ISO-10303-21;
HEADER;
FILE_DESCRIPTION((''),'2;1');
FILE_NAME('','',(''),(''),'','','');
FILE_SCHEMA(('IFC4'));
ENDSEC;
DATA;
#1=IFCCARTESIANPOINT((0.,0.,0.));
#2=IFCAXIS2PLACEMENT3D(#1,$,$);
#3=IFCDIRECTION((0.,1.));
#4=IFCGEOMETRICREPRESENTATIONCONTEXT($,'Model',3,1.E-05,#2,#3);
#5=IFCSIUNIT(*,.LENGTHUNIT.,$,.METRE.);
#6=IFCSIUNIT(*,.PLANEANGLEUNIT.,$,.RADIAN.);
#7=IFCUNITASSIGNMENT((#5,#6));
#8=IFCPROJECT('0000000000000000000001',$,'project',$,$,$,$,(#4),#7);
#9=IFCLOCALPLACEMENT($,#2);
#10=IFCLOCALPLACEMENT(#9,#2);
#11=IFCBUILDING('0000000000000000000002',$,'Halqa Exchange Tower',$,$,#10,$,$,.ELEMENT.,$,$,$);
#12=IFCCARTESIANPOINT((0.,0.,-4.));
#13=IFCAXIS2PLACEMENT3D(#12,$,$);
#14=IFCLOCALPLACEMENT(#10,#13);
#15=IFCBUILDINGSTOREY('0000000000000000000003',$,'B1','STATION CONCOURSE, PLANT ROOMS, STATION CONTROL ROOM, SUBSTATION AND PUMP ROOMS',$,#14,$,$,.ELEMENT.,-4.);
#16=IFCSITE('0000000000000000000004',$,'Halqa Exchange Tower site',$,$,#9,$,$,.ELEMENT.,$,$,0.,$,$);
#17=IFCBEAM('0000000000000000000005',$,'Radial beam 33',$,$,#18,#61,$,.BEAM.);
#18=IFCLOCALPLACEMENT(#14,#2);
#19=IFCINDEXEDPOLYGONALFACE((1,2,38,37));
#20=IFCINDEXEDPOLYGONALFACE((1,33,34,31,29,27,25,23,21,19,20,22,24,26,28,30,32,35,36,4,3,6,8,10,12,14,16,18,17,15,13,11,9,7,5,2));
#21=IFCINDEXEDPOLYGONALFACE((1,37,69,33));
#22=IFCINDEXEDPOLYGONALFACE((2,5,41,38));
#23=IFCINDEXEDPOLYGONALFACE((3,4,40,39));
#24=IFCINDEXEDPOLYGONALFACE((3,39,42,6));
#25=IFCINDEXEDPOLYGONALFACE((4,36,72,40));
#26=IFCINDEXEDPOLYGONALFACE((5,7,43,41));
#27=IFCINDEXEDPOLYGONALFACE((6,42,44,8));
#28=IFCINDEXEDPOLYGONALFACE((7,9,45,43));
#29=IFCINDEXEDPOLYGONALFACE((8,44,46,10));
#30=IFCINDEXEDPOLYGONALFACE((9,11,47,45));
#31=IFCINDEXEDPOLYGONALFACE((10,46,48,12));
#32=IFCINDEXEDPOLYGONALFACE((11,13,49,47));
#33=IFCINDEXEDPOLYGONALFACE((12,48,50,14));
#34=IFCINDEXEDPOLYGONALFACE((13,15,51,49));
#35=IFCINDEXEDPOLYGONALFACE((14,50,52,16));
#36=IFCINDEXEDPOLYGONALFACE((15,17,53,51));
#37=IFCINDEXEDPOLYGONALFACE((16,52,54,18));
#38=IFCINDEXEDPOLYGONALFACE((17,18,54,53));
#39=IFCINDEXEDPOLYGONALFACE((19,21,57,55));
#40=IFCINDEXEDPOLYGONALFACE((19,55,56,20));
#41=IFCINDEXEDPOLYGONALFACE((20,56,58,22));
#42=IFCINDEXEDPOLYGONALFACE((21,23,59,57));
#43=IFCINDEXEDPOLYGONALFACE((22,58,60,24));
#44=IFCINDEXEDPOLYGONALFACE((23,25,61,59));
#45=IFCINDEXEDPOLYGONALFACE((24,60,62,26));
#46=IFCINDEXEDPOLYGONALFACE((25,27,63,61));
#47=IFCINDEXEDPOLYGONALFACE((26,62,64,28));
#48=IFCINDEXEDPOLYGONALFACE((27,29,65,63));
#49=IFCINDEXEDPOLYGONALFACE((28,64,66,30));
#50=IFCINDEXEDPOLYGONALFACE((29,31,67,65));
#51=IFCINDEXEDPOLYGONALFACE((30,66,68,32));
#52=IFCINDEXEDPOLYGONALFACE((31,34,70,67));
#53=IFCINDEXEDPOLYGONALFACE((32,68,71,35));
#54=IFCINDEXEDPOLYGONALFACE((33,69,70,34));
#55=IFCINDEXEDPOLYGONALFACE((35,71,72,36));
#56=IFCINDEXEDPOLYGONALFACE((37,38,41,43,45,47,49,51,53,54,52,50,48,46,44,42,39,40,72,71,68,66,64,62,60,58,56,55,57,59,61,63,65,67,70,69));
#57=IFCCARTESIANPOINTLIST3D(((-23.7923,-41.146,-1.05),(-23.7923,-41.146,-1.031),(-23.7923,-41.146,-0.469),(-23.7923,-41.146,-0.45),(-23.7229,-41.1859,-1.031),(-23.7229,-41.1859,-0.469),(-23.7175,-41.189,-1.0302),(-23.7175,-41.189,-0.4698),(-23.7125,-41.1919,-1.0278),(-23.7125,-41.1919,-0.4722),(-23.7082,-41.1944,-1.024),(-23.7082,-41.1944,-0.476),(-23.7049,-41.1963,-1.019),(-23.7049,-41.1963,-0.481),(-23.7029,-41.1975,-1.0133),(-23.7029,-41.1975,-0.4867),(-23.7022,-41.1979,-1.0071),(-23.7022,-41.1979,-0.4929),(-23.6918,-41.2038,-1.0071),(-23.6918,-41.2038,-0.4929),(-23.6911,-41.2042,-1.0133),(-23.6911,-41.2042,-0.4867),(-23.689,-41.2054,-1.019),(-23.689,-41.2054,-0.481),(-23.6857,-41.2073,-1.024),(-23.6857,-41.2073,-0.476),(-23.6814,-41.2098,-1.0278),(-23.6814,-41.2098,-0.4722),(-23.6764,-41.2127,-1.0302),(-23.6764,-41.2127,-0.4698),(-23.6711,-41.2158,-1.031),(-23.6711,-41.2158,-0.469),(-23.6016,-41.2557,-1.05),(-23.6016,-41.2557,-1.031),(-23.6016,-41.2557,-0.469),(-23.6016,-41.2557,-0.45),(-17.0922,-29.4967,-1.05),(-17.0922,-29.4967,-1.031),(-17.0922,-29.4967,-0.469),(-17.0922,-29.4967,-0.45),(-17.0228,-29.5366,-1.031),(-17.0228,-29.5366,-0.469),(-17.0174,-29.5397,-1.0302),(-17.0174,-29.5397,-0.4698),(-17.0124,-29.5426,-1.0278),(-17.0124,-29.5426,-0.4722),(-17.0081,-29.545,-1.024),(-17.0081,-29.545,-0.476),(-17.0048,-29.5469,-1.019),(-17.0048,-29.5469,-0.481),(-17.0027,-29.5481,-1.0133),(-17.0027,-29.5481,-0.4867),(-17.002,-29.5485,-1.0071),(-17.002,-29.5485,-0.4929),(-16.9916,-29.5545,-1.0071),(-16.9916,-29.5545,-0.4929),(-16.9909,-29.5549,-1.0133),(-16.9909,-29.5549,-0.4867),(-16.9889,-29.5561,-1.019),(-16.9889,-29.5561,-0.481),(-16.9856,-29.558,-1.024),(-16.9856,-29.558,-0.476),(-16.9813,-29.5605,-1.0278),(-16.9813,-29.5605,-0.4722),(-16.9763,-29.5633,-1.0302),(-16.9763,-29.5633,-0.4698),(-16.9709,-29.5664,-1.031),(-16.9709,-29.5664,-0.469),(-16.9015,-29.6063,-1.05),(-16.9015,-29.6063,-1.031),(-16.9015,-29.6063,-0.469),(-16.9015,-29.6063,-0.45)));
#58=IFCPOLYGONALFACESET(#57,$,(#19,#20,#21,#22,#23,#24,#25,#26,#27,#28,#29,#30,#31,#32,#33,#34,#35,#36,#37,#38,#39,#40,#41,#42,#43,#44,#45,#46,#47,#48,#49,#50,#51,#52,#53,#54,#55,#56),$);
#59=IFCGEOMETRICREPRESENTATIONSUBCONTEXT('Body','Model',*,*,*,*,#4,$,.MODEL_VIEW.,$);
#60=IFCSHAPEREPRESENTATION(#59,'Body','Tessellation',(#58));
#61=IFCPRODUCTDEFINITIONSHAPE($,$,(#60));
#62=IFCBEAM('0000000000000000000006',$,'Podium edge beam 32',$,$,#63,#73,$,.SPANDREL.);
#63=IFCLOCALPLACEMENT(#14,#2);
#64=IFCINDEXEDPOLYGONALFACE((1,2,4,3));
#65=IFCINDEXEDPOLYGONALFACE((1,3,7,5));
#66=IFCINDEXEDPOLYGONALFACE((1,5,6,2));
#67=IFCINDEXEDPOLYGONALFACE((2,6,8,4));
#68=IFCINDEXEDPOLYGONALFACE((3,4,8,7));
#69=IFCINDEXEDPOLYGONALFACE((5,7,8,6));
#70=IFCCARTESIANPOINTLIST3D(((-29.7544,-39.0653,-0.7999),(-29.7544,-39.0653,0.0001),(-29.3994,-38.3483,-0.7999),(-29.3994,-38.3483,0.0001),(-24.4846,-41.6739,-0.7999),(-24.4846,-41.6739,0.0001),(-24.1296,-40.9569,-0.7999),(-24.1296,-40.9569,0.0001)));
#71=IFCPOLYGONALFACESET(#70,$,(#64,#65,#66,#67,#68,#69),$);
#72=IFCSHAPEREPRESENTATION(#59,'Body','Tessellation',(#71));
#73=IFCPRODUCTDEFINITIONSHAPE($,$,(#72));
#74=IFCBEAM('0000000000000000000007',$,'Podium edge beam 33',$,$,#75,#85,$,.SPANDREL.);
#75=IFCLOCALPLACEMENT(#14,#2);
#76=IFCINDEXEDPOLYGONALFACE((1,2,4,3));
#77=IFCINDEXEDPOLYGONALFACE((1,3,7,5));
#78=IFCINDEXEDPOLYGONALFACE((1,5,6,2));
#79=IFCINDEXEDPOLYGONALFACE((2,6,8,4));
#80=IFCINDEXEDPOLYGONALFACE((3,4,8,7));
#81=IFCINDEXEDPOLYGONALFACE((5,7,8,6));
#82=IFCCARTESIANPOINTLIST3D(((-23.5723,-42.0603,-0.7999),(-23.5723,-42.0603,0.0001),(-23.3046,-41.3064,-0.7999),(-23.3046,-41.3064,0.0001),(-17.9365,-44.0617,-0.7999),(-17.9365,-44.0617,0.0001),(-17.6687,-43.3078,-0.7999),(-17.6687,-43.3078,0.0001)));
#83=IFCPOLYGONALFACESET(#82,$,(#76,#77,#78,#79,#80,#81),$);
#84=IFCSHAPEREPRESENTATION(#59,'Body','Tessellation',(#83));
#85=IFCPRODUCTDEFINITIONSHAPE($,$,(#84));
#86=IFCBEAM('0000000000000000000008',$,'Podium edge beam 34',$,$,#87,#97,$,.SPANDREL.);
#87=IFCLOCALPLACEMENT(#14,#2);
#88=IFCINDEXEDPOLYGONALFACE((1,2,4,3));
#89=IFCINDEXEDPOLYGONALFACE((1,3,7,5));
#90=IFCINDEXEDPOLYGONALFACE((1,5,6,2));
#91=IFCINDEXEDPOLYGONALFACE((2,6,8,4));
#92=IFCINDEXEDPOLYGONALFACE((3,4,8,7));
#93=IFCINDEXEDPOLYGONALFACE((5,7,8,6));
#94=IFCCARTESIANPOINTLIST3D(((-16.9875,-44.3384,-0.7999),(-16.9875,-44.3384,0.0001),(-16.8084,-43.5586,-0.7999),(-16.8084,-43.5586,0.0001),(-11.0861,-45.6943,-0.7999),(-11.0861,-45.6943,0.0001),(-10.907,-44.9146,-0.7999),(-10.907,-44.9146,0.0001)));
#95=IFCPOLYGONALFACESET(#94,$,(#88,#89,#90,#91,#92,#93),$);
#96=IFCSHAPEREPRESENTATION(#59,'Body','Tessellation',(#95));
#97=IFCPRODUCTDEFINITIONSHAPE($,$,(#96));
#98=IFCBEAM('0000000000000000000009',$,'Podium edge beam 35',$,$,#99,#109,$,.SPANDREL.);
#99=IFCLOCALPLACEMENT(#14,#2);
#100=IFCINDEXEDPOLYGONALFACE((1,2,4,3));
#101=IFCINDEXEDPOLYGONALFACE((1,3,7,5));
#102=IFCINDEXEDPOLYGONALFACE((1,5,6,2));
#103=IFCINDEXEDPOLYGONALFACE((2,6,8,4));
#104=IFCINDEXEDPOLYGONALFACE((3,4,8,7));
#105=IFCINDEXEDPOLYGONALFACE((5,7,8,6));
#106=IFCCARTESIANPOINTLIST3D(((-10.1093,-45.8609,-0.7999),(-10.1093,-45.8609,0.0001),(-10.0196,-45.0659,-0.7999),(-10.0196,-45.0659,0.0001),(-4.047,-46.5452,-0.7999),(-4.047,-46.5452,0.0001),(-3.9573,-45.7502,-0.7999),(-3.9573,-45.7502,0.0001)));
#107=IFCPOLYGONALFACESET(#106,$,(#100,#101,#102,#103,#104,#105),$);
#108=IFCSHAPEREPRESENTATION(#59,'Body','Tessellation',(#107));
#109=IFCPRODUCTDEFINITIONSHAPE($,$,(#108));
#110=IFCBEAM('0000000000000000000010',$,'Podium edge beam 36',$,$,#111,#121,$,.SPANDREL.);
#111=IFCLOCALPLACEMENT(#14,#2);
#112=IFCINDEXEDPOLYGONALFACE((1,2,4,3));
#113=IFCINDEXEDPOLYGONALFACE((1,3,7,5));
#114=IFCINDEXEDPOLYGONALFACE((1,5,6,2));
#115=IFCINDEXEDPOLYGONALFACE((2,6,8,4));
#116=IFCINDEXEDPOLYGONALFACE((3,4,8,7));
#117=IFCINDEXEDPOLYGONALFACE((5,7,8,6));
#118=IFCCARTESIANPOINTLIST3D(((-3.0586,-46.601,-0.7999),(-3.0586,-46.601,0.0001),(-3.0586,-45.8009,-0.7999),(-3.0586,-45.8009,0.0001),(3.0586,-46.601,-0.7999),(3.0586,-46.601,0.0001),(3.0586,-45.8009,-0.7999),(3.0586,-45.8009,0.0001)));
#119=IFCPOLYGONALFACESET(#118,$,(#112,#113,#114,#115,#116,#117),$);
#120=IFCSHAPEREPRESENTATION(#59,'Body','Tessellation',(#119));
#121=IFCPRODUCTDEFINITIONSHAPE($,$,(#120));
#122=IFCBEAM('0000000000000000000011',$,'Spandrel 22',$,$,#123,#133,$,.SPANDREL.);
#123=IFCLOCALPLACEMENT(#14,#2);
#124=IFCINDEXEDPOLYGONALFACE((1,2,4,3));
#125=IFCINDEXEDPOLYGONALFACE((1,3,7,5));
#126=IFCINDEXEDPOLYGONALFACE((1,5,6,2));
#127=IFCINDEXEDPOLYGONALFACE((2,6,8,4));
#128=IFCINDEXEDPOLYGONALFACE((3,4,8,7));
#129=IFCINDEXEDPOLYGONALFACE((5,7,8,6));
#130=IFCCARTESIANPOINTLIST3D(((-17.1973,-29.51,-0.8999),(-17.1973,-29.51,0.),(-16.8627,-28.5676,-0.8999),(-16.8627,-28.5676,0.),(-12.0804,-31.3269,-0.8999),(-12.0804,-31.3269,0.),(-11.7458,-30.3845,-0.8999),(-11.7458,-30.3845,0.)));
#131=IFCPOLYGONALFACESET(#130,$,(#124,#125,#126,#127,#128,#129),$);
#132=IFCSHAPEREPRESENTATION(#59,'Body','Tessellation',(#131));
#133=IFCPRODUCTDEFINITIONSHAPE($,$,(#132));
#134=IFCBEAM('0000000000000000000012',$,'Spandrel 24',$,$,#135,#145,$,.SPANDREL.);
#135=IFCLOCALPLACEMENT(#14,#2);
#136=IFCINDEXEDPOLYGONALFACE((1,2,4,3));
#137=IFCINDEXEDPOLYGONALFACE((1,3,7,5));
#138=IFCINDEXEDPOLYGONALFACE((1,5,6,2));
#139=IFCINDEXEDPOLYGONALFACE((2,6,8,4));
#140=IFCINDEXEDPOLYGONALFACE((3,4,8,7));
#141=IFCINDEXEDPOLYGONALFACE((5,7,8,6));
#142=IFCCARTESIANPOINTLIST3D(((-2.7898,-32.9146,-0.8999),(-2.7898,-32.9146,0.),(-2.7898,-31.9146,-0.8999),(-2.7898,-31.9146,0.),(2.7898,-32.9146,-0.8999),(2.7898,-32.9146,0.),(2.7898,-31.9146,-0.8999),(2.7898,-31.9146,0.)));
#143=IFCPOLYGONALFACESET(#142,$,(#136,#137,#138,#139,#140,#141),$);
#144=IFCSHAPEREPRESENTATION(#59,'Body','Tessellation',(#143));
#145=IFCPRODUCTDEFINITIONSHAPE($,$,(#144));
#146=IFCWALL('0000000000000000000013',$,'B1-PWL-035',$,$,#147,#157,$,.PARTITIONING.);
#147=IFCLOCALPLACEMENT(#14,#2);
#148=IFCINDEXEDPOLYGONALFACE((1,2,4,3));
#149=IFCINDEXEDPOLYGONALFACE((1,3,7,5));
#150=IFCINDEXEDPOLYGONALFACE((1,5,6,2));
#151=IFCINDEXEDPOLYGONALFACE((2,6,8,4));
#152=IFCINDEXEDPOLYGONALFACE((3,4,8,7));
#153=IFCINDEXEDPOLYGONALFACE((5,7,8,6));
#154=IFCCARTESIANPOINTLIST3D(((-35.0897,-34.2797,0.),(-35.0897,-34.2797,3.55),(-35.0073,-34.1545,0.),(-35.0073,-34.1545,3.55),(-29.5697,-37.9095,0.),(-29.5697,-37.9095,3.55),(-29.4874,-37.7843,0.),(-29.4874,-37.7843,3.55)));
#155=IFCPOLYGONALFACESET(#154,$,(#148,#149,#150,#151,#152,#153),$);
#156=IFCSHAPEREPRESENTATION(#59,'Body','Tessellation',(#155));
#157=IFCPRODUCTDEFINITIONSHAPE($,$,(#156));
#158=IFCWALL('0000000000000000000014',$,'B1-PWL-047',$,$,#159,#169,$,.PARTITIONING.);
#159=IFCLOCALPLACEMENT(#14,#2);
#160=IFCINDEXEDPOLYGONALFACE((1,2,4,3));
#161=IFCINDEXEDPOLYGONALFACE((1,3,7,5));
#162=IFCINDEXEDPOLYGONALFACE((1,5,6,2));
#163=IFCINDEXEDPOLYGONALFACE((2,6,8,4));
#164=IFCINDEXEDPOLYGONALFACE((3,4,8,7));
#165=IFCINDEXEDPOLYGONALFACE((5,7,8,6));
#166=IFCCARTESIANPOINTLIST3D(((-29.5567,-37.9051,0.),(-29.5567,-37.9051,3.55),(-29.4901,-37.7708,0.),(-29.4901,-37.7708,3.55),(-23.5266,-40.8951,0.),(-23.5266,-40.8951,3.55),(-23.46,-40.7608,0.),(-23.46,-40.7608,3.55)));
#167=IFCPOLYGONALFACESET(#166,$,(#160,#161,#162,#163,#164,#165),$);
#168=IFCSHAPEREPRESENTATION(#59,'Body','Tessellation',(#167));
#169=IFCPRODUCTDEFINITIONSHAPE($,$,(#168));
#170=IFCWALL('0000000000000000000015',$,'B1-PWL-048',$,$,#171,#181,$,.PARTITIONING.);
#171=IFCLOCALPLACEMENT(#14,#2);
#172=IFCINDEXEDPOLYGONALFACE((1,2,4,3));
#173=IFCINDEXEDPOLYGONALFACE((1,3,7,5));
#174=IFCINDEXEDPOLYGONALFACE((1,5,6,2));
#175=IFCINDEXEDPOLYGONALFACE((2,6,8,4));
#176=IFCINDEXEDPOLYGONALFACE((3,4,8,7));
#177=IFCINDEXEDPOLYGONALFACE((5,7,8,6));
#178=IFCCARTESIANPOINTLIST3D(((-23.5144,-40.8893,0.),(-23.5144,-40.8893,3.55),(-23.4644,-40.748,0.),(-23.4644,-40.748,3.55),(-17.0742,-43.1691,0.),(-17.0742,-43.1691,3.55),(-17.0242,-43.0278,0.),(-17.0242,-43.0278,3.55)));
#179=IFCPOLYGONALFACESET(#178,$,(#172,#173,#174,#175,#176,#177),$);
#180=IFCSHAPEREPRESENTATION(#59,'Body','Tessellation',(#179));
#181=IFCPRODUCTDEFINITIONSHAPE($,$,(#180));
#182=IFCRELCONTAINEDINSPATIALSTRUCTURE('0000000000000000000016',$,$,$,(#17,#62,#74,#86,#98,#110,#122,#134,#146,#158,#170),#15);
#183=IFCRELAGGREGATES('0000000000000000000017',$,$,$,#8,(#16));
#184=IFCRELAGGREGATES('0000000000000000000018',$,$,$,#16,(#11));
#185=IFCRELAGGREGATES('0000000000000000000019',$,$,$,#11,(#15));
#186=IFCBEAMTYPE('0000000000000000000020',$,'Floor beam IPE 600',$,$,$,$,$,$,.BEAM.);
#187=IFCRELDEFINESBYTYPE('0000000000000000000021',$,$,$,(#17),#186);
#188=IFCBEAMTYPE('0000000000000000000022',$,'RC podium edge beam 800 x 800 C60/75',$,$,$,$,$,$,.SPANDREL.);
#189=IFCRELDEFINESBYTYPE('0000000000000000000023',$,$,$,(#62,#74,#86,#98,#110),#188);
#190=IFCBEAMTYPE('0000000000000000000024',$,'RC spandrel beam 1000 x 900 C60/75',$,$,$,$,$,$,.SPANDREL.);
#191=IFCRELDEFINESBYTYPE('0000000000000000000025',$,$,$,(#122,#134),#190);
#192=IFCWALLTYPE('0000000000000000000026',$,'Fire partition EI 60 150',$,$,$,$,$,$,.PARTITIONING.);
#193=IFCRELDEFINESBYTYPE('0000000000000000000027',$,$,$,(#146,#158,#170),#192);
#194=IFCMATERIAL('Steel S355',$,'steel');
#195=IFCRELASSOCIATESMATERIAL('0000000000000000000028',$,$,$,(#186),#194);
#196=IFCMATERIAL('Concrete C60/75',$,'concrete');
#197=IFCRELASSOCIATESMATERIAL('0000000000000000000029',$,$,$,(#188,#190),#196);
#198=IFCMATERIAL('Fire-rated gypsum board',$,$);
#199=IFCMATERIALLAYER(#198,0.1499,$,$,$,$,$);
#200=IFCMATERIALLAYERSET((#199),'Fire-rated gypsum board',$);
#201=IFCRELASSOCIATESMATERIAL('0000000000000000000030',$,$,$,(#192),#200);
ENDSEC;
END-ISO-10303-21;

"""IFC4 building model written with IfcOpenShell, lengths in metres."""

from ifc_helpers import new_model, si_unit, direction, frame, frame_2d, origin, origin_2d, place, context, subcontext, project, spatial, rectangle, i_section, extrude, material, layer, layer_set, material_profile, profile_set, type_object, element, save


model = new_model("IFC4")

# Units and contexts
model_context = context("Model", 3, precision=1e-05, world=origin(), true_north=direction((0.0, 1.0)))
body_context = subcontext(model_context, "Body", "Model", "MODEL_VIEW")
ifc_project = project(units=[si_unit("LENGTHUNIT", "METRE"), si_unit("PLANEANGLEUNIT", "RADIAN")], contexts=[model_context])

# Site, building, storey
site_placement = place(None, origin())
site = spatial("IfcSite", under=ifc_project, at=site_placement, Name="Halqa Exchange Tower site", CompositionType="ELEMENT", RefElevation=0.0)
building_placement = place(site_placement, origin())
building = spatial("IfcBuilding", under=site, at=building_placement, Name="Halqa Exchange Tower", CompositionType="ELEMENT")
storey_placement = place(building_placement, frame((0.0, 0.0, -4.0)))
storey = spatial("IfcBuildingStorey", under=building, at=storey_placement, Name="B1", Description="STATION CONCOURSE, PLANT ROOMS, STATION CONTROL ROOM, SUBSTATION AND PUMP ROOMS", CompositionType="ELEMENT", Elevation=-4.0)

# Shared definitions
ifc_material_1 = material(Name="Concrete C60/75", Category="concrete")

# Beams
ifc_material_2 = material(Name="Steel S355", Category="steel")
ifc_material_profile_1 = material_profile(ifc_material_2, i_section(OverallWidth=0.22, OverallDepth=0.6001, WebThickness=0.012, FlangeThickness=0.019, FilletRadius=0.0239, at=origin_2d()), Name="IPE 600")
ifc_profile_set_1 = profile_set([ifc_material_profile_1], Name="Steel S355")
beam_type_1 = type_object("IfcBeamType", Name="Floor beam IPE 600", PredefinedType="BEAM", material=ifc_profile_set_1)
beam_1_placement = place(storey_placement, frame((-16.9968, -29.5515, -0.75), z_axis=(-0.498571, -0.866849, 0.0), x_axis=(0.866849, -0.498571, 0.0)))
element("IfcBeam", 1, at=beam_1_placement, inside=storey, type_object=beam_type_1, Name="Radial beam 33", PredefinedType="BEAM", context=body_context, shape_type="SweptSolid", body=[
    extrude(i_section(OverallWidth=0.22, OverallDepth=0.6001, WebThickness=0.012, FlangeThickness=0.019, FilletRadius=0.0239, at=origin_2d()), origin(), (0.0, 0.0, 1.0), 13.4387),
])
ifc_material_profile_2 = material_profile(ifc_material_1, rectangle(XDim=0.8, YDim=0.8, at=origin_2d()), Name="800 x 800")
ifc_profile_set_2 = profile_set([ifc_material_profile_2], Name="Concrete C60/75")
beam_type_2 = type_object("IfcBeamType", Name="RC podium edge beam 800 x 800 C60/75", PredefinedType="SPANDREL", material=ifc_profile_set_2)
beam_2_placement = place(storey_placement, frame((-29.5769, -38.7068, -0.3999), z_axis=(0.896205, -0.443639, 0.0), x_axis=(0.443639, 0.896205, 0.0)))
element("IfcBeam", 2, at=beam_2_placement, inside=storey, type_object=beam_type_2, Name="Podium edge beam 32", PredefinedType="SPANDREL", context=body_context, shape_type="SweptSolid", body=[
    extrude(rectangle(XDim=0.8, YDim=0.8, at=origin_2d()), origin(), (0.0, 0.0, 1.0), 5.8801),
])
beam_3_placement = place(storey_placement, frame((-23.4385, -41.6833, -0.3999), z_axis=(0.942343, -0.334647, 0.0), x_axis=(0.334647, 0.942343, 0.0)))
element("IfcBeam", 3, at=beam_3_placement, inside=storey, type_object=beam_type_2, Name="Podium edge beam 33", PredefinedType="SPANDREL", context=body_context, shape_type="SweptSolid", body=[
    extrude(rectangle(XDim=0.8, YDim=0.8, at=origin_2d()), origin(), (0.0, 0.0, 1.0), 5.9807),
])
beam_4_placement = place(storey_placement, frame((-16.8979, -43.9485, -0.3999), z_axis=(0.974604, -0.223935, 0.0), x_axis=(0.223935, 0.974604, 0.0)))
element("IfcBeam", 4, at=beam_4_placement, inside=storey, type_object=beam_type_2, Name="Podium edge beam 34", PredefinedType="SPANDREL", context=body_context, shape_type="SweptSolid", body=[
    extrude(rectangle(XDim=0.8, YDim=0.8, at=origin_2d()), origin(), (0.0, 0.0, 1.0), 6.0552),
])
beam_5_placement = place(storey_placement, frame((-10.0645, -45.4634, -0.3999), z_axis=(0.993689, -0.112171, 0.0), x_axis=(0.112171, 0.993689, 0.0)))
element("IfcBeam", 5, at=beam_5_placement, inside=storey, type_object=beam_type_2, Name="Podium edge beam 35", PredefinedType="SPANDREL", context=body_context, shape_type="SweptSolid", body=[
    extrude(rectangle(XDim=0.8, YDim=0.8, at=origin_2d()), origin(), (0.0, 0.0, 1.0), 6.1008),
])
beam_6_placement = place(storey_placement, frame((-3.0586, -46.2009, -0.3999), z_axis=(1.0, 0.0, 0.0), x_axis=(0.0, 1.0, 0.0)))
element("IfcBeam", 6, at=beam_6_placement, inside=storey, type_object=beam_type_2, Name="Podium edge beam 36", PredefinedType="SPANDREL", context=body_context, shape_type="SweptSolid", body=[
    extrude(rectangle(XDim=0.8, YDim=0.8, at=origin_2d()), origin(), (0.0, 0.0, 1.0), 6.1172),
])
ifc_material_profile_3 = material_profile(ifc_material_1, rectangle(XDim=1.0, YDim=0.8999, at=origin_2d()), Name="1000 x 900")
ifc_profile_set_3 = profile_set([ifc_material_profile_3], Name="Concrete C60/75")
beam_type_3 = type_object("IfcBeamType", Name="RC spandrel beam 1000 x 900 C60/75", PredefinedType="SPANDREL", material=ifc_profile_set_3)
beam_7_placement = place(storey_placement, frame((-17.03, -29.0388, -0.45), z_axis=(0.942358, -0.334607, 0.0), x_axis=(0.334607, 0.942358, 0.0)))
element("IfcBeam", 7, at=beam_7_placement, inside=storey, type_object=beam_type_3, Name="Spandrel 22", PredefinedType="SPANDREL", context=body_context, shape_type="SweptSolid", body=[
    extrude(rectangle(XDim=1.0, YDim=0.8999, at=origin_2d()), origin(), (0.0, 0.0, 1.0), 5.4299),
])
beam_8_placement = place(storey_placement, frame((-2.7898, -32.4146, -0.45), z_axis=(1.0, 0.0, 0.0), x_axis=(0.0, 1.0, 0.0)))
element("IfcBeam", 8, at=beam_8_placement, inside=storey, type_object=beam_type_3, Name="Spandrel 24", PredefinedType="SPANDREL", context=body_context, shape_type="SweptSolid", body=[
    extrude(rectangle(XDim=1.0, YDim=0.8999, at=origin_2d()), origin(), (0.0, 0.0, 1.0), 5.5796),
])

# Walls
ifc_material_3 = material(Name="Fire-rated gypsum board")
ifc_layer_1 = layer(ifc_material_3, 0.1499)
ifc_layer_set_1 = layer_set([ifc_layer_1], Name="Fire-rated gypsum board")
wall_type_1 = type_object("IfcWallType", Name="Fire partition EI 60 150", PredefinedType="PARTITIONING", material=ifc_layer_set_1)
wall_1_placement = place(storey_placement, frame((-29.5286, -37.8469, 0.0), z_axis=(0.0, 0.0, 1.0), x_axis=(-0.835536, 0.549436, 0.0)))
element("IfcWall", 9, at=wall_1_placement, inside=storey, type_object=wall_type_1, Name="B1-PWL-035", PredefinedType="PARTITIONING", context=body_context, shape_type="SweptSolid", body=[
    extrude(rectangle(XDim=6.6064, YDim=0.1499, at=frame_2d((3.3032, 0.0))), origin(), (0.0, 0.0, 1.0), 3.55),
])
wall_2_placement = place(storey_placement, frame((-23.4934, -40.8279, 0.0), z_axis=(0.0, 0.0, 1.0), x_axis=(-0.895909, 0.444237, 0.0)))
element("IfcWall", 10, at=wall_2_placement, inside=storey, type_object=wall_type_1, Name="B1-PWL-047", PredefinedType="PARTITIONING", context=body_context, shape_type="SweptSolid", body=[
    extrude(rectangle(XDim=6.7307, YDim=0.1499, at=frame_2d((3.3652, 0.0))), origin(), (0.0, 0.0, 1.0), 3.55),
])
wall_3_placement = place(storey_placement, frame((-23.4895, -40.8186, 0.0), z_axis=(0.0, 0.0, 1.0), x_axis=(0.942679, -0.333702, 0.0)))
element("IfcWall", 11, at=wall_3_placement, inside=storey, type_object=wall_type_1, Name="B1-PWL-048", PredefinedType="PARTITIONING", context=body_context, shape_type="SweptSolid", body=[
    extrude(rectangle(XDim=6.8318, YDim=0.1499, at=frame_2d((3.416, 0.0))), origin(), (0.0, 0.0, 1.0), 3.55),
])

save(model, "model.ifc")
